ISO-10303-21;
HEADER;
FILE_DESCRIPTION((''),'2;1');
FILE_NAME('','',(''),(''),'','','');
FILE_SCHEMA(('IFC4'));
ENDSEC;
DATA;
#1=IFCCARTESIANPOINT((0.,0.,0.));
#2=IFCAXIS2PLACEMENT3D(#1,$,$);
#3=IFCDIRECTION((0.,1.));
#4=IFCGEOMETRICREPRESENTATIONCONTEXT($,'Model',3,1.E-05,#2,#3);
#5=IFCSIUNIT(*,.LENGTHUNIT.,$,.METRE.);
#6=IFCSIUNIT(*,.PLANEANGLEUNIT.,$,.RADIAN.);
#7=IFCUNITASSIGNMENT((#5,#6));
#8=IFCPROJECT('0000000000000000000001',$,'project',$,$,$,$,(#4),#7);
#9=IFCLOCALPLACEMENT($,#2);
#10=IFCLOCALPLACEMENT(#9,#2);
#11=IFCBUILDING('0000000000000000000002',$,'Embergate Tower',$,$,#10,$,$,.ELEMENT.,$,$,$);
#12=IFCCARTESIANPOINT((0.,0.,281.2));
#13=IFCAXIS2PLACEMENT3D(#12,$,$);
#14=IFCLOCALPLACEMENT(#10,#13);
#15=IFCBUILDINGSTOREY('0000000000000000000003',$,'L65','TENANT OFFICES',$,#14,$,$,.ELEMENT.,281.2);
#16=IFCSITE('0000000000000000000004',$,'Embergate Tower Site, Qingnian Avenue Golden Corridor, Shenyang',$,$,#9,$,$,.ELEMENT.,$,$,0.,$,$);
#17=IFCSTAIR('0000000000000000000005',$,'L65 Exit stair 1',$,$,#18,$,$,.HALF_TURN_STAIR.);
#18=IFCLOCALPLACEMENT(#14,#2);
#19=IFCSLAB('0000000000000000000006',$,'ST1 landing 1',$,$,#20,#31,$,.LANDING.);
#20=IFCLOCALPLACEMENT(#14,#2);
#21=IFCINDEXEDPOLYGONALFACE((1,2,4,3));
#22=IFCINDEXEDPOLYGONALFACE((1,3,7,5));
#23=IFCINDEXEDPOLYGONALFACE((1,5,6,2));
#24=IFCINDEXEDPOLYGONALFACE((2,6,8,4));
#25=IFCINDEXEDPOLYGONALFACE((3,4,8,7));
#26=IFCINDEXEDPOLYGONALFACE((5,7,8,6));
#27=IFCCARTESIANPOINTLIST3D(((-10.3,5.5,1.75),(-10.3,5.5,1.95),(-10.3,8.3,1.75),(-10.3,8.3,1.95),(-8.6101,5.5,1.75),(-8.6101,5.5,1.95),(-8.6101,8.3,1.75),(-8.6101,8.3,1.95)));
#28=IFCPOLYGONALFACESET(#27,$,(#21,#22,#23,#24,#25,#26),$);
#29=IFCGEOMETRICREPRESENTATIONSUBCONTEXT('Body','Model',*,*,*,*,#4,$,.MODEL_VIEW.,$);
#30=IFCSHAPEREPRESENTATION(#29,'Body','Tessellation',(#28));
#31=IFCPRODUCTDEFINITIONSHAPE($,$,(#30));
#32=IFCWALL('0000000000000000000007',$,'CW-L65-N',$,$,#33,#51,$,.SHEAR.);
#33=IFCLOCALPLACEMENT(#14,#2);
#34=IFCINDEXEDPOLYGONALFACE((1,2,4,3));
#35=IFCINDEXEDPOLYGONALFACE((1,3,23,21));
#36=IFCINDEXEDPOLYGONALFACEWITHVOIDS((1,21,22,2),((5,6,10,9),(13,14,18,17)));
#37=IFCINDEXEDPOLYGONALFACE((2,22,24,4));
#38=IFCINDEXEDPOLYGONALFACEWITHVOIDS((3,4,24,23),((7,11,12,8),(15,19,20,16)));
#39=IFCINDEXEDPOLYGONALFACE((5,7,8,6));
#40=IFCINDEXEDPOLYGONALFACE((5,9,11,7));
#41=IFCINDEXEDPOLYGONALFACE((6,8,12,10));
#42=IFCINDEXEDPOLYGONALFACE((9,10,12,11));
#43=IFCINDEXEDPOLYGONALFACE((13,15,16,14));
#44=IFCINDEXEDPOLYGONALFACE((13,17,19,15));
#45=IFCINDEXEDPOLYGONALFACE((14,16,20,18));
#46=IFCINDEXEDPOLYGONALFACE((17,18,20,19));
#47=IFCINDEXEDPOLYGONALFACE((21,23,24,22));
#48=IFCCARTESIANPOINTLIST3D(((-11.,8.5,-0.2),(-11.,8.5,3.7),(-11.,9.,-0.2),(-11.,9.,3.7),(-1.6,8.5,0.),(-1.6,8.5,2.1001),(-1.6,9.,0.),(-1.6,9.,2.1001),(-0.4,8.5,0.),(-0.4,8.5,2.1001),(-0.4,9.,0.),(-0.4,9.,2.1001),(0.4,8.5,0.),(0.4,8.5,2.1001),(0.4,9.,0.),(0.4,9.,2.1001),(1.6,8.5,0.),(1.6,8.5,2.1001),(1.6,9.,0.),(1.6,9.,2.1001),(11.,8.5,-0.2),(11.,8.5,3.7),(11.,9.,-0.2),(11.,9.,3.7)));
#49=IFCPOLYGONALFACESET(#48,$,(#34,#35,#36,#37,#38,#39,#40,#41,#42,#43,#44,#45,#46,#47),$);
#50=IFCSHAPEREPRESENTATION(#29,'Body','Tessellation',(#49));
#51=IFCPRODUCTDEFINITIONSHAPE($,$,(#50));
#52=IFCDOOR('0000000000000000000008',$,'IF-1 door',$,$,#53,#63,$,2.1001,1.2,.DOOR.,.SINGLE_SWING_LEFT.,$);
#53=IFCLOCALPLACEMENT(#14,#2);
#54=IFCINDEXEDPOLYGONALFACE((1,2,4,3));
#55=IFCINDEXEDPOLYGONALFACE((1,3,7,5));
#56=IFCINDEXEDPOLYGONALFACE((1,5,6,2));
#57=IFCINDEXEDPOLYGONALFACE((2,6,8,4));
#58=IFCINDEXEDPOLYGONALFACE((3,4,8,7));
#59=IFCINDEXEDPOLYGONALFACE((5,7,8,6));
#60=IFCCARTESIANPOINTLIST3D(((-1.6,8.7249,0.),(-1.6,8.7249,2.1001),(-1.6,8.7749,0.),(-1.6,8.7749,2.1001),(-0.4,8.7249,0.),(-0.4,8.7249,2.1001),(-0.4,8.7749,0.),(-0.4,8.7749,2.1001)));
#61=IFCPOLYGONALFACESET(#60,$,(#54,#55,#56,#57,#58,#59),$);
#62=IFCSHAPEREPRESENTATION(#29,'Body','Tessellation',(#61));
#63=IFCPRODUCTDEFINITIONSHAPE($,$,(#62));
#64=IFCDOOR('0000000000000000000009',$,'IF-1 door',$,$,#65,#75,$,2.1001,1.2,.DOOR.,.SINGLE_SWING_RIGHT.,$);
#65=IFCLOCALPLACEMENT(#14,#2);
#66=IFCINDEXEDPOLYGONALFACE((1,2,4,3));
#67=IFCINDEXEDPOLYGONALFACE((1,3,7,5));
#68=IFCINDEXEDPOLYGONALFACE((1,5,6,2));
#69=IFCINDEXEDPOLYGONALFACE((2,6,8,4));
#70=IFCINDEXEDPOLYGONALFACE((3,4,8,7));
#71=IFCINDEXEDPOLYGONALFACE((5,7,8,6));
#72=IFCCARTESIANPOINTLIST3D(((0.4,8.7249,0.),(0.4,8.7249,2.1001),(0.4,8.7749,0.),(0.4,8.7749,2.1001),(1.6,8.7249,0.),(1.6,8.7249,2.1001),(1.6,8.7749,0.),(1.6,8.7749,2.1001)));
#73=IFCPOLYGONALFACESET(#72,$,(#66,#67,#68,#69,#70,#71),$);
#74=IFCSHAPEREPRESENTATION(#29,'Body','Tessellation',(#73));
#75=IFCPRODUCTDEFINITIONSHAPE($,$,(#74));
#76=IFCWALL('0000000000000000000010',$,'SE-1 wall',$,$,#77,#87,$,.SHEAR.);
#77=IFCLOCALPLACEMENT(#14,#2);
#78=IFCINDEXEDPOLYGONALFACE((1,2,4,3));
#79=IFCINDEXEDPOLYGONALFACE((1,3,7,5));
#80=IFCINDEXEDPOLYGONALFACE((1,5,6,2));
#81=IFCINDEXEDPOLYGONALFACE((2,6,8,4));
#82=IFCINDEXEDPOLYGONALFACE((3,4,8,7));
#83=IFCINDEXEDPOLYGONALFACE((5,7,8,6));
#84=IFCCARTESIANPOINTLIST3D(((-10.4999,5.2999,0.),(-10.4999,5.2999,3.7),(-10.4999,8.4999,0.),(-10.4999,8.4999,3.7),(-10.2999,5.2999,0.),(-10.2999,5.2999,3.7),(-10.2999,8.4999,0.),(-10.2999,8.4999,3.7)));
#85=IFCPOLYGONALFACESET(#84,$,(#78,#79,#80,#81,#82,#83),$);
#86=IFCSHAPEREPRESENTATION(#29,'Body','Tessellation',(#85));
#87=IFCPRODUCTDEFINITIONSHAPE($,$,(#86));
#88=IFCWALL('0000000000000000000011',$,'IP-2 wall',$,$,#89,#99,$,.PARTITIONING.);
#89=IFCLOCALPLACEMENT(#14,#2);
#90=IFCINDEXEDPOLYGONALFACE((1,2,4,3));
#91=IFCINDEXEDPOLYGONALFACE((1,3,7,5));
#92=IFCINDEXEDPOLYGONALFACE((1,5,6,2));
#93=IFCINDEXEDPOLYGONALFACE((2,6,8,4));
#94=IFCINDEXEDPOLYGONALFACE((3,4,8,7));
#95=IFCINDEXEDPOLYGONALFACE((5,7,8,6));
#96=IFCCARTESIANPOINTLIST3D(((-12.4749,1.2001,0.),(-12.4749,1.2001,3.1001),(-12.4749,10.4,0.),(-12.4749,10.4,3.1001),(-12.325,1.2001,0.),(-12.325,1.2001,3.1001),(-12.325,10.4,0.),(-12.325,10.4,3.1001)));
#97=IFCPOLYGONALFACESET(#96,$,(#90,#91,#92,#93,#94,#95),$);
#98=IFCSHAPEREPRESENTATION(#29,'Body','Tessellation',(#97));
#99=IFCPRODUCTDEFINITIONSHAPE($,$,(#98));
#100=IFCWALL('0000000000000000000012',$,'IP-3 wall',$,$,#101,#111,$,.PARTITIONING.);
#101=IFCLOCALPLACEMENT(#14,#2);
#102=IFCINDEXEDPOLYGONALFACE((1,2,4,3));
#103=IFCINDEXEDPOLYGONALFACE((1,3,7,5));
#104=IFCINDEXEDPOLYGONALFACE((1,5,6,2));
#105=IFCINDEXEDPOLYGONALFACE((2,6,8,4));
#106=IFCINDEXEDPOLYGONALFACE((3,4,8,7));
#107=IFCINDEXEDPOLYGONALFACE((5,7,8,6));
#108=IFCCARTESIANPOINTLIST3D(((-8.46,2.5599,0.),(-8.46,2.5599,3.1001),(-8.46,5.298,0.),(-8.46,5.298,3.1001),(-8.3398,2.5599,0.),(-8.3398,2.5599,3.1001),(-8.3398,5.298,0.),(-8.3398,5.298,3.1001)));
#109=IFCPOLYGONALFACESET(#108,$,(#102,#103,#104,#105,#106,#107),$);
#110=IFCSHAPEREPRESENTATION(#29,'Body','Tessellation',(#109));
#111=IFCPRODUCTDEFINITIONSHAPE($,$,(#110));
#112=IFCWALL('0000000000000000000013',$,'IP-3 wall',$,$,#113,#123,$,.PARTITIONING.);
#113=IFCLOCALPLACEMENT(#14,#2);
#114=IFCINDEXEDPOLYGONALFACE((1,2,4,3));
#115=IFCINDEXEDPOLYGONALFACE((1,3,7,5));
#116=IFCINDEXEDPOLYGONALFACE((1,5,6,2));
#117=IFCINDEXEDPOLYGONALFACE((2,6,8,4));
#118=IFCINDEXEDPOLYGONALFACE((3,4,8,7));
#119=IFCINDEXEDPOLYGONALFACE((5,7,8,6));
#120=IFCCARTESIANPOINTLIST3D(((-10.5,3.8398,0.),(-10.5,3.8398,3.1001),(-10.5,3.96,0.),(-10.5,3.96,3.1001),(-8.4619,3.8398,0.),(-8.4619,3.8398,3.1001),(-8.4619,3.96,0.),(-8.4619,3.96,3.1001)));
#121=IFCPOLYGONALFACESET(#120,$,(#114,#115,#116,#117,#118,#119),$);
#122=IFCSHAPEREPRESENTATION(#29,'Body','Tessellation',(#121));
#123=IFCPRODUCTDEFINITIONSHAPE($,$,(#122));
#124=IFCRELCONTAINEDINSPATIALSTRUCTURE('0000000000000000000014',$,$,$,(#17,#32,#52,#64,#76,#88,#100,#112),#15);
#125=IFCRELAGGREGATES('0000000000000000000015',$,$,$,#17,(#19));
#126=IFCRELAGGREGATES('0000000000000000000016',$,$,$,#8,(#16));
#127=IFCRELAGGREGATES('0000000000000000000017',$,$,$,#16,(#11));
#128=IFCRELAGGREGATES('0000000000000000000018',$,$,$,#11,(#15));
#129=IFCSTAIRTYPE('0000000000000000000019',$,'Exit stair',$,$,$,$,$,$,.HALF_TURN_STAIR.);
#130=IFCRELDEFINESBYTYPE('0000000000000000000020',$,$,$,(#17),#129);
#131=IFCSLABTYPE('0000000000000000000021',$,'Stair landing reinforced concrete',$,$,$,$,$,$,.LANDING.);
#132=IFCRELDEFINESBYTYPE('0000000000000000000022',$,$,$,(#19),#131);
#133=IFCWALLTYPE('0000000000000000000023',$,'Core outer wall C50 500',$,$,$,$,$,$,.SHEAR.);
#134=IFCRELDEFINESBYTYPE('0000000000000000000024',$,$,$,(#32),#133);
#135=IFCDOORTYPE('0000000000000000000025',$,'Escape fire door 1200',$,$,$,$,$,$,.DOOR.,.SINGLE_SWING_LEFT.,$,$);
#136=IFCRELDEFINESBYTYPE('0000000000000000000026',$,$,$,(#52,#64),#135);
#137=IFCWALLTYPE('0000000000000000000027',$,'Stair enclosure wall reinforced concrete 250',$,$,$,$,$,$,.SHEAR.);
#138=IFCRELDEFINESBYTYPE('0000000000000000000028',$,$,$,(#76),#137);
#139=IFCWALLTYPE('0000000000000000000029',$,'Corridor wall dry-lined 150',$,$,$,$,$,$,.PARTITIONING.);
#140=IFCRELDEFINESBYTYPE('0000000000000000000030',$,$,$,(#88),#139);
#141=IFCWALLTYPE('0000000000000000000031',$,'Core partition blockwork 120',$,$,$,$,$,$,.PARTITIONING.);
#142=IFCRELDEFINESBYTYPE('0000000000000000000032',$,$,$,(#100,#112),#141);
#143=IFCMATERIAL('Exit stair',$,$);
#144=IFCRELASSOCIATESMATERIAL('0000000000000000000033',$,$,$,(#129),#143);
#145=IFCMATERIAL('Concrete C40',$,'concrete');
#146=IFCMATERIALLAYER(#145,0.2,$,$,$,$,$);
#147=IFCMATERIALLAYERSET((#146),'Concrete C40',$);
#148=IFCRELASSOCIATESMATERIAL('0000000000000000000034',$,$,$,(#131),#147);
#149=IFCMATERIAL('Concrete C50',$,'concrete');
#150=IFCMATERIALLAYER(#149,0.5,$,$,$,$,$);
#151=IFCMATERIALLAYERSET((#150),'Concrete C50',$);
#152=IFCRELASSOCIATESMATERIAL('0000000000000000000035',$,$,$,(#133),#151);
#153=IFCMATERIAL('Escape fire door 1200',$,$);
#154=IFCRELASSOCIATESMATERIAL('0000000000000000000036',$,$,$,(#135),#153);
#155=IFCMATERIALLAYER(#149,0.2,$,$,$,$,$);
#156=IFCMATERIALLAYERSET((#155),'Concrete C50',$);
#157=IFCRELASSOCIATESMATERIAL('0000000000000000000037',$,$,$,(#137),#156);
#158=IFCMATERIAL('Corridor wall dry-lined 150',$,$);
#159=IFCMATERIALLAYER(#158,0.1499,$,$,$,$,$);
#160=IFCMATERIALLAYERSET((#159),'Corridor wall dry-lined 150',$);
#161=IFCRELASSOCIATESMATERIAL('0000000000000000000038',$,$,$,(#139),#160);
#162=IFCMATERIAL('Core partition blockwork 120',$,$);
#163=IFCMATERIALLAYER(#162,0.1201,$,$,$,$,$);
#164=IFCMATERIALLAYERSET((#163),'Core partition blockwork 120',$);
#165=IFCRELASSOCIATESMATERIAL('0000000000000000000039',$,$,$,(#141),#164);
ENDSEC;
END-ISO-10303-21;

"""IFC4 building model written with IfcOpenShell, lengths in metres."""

from ifc_helpers import new_model, si_unit, direction, frame, frame_2d, origin, place, context, subcontext, project, spatial, polyline, rectangle, outline, extrude, source, transform, mapped, material, layer, layer_set, type_object, element, fill, aggregate, save


model = new_model("IFC4")

# Units and contexts
model_context = context("Model", 3, precision=1e-05, world=origin(), true_north=direction((0.0, 1.0)))
body_context = subcontext(model_context, "Body", "Model", "MODEL_VIEW")
ifc_project = project(units=[si_unit("LENGTHUNIT", "METRE"), si_unit("PLANEANGLEUNIT", "RADIAN")], contexts=[model_context])

# Site, building, storey
site_placement = place(None, origin())
site = spatial("IfcSite", under=ifc_project, at=site_placement, Name="Embergate Tower Site, Qingnian Avenue Golden Corridor, Shenyang", CompositionType="ELEMENT", RefElevation=0.0)
building_placement = place(site_placement, origin())
building = spatial("IfcBuilding", under=site, at=building_placement, Name="Embergate Tower", CompositionType="ELEMENT")
storey_placement = place(building_placement, frame((0.0, 0.0, 281.2)))
storey = spatial("IfcBuildingStorey", under=building, at=storey_placement, Name="L65", Description="TENANT OFFICES", CompositionType="ELEMENT", Elevation=281.2)

# Stair, slab
ifc_material_1 = material(Name="Exit stair")
stair_type = type_object("IfcStairType", Name="Exit stair", PredefinedType="HALF_TURN_STAIR", material=ifc_material_1)
stair_placement = place(storey_placement, origin())
stair = element("IfcStair", 1, at=stair_placement, inside=storey, type_object=stair_type, Name="L65 Exit stair 1", PredefinedType="HALF_TURN_STAIR")
ifc_material_2 = material(Name="Concrete C40", Category="concrete")
ifc_layer_1 = layer(ifc_material_2, 0.2)
ifc_layer_set_1 = layer_set([ifc_layer_1], Name="Concrete C40")
slab_type = type_object("IfcSlabType", Name="Stair landing reinforced concrete", PredefinedType="LANDING", material=ifc_layer_set_1)
shared_shape_1 = source(origin(), body_context, "Body", "SweptSolid", [
    extrude(outline(polyline([(0.0, 0.0), (1.6899, 0.0), (1.6899, 2.8), (0.0, 2.8), (0.0, 0.0)])), origin(), (0.0, 0.0, 1.0), 0.2),
])
slab_placement = place(storey_placement, frame((-10.3, 5.5, 1.75)))
slab = element("IfcSlab", 2, at=slab_placement, type_object=slab_type, Name="ST1 landing 1", PredefinedType="LANDING", context=body_context, shape_type="MappedRepresentation", body=[
    mapped(shared_shape_1, transform((0.0, 0.0, 0.0))),
])

# Wall, openings, doors
ifc_material_3 = material(Name="Concrete C50", Category="concrete")
ifc_layer_2 = layer(ifc_material_3, 0.5)
ifc_layer_set_2 = layer_set([ifc_layer_2], Name="Concrete C50")
wall_type_1 = type_object("IfcWallType", Name="Core outer wall C50 500", PredefinedType="SHEAR", material=ifc_layer_set_2)
shared_shape_2 = source(origin(), body_context, "Body", "SweptSolid", [
    extrude(rectangle(XDim=22.0, YDim=0.5, at=frame_2d((11.0, 0.0))), origin(), (0.0, 0.0, 1.0), 3.8999),
])
wall_1_placement = place(storey_placement, frame((-11.0, 8.75, -0.2), z_axis=(0.0, 0.0, 1.0), x_axis=(1.0, 0.0, 0.0)))
wall_1 = element("IfcWall", 3, at=wall_1_placement, inside=storey, type_object=wall_type_1, Name="CW-L65-N", PredefinedType="SHEAR", context=body_context, shape_type="MappedRepresentation", body=[
    mapped(shared_shape_2, transform((0.0, 0.0, 0.0))),
])
shared_shape_3 = source(origin(), body_context, "Body", "SweptSolid", [
    extrude(rectangle(XDim=1.2, YDim=2.1001, at=frame_2d((0.6001, 1.05))), frame((0.0, 0.26, 0.0), z_axis=(0.0, -1.0, 0.0), x_axis=(1.0, 0.0, 0.0)), (0.0, 0.0, 1.0), 0.52),
])
opening_1_placement = place(wall_1_placement, frame((9.3999, 0.0, 0.2)))
opening_1 = element("IfcOpeningElement", 4, at=opening_1_placement, cuts=wall_1, PredefinedType="OPENING", context=body_context, shape_type="MappedRepresentation", body=[
    mapped(shared_shape_3, transform((0.0, 0.0, 0.0))),
])
opening_2_placement = place(wall_1_placement, frame((11.3999, 0.0, 0.2)))
opening_2 = element("IfcOpeningElement", 5, at=opening_2_placement, cuts=wall_1, PredefinedType="OPENING", context=body_context, shape_type="MappedRepresentation", body=[
    mapped(shared_shape_3, transform((0.0, 0.0, 0.0))),
])
ifc_material_4 = material(Name="Escape fire door 1200")
door_type_1 = type_object("IfcDoorType", Name="Escape fire door 1200", OperationType="SINGLE_SWING_LEFT", PredefinedType="DOOR", material=ifc_material_4)
shared_shape_4 = source(origin(), body_context, "Body", "SweptSolid", [
    extrude(rectangle(XDim=1.2, YDim=2.1001, at=frame_2d((0.6001, 1.05))), frame((0.0, 0.0249, 0.0), z_axis=(0.0, -1.0, 0.0), x_axis=(1.0, 0.0, 0.0)), (0.0, 0.0, 1.0), 0.05),
])
door_1_placement = place(opening_1_placement, origin())
door_1 = element("IfcDoor", 6, at=door_1_placement, inside=storey, type_object=door_type_1, Name="IF-1 door", OperationType="SINGLE_SWING_LEFT", OverallHeight=2.1001, OverallWidth=1.2, PredefinedType="DOOR", context=body_context, shape_type="MappedRepresentation", body=[
    mapped(shared_shape_4, transform((0.0, 0.0, 0.0))),
])
fill(opening_1, door_1)
door_2_placement = place(opening_2_placement, origin())
door_2 = element("IfcDoor", 7, at=door_2_placement, inside=storey, type_object=door_type_1, Name="IF-1 door", OperationType="SINGLE_SWING_RIGHT", OverallHeight=2.1001, OverallWidth=1.2, PredefinedType="DOOR", context=body_context, shape_type="MappedRepresentation", body=[
    mapped(shared_shape_4, transform((0.0, 0.0, 0.0))),
])
fill(opening_2, door_2)

# Walls
ifc_layer_3 = layer(ifc_material_3, 0.2)
ifc_layer_set_3 = layer_set([ifc_layer_3], Name="Concrete C50")
wall_type_2 = type_object("IfcWallType", Name="Stair enclosure wall reinforced concrete 250", PredefinedType="SHEAR", material=ifc_layer_set_3)
shared_shape_5 = source(origin(), body_context, "Body", "SweptSolid", [
    extrude(rectangle(XDim=3.2, YDim=0.2, at=frame_2d((1.6001, 0.0))), origin(), (0.0, 0.0, 1.0), 3.7),
])
wall_2_placement = place(storey_placement, frame((-10.3999, 8.5, 0.0), z_axis=(0.0, 0.0, 1.0), x_axis=(0.0, -1.0, 0.0)))
element("IfcWall", 8, at=wall_2_placement, inside=storey, type_object=wall_type_2, Name="SE-1 wall", PredefinedType="SHEAR", context=body_context, shape_type="MappedRepresentation", body=[
    mapped(shared_shape_5, transform((0.0, 0.0, 0.0))),
])
ifc_material_5 = material(Name="Corridor wall dry-lined 150")
ifc_layer_4 = layer(ifc_material_5, 0.1499)
ifc_layer_set_4 = layer_set([ifc_layer_4], Name="Corridor wall dry-lined 150")
wall_type_3 = type_object("IfcWallType", Name="Corridor wall dry-lined 150", PredefinedType="PARTITIONING", material=ifc_layer_set_4)
shared_shape_6 = source(origin(), body_context, "Body", "SweptSolid", [
    extrude(rectangle(XDim=9.2, YDim=0.1499, at=frame_2d((4.6001, 0.0))), origin(), (0.0, 0.0, 1.0), 3.1001),
])
wall_3_placement = place(storey_placement, frame((-12.3999, 1.2, 0.0), z_axis=(0.0, 0.0, 1.0), x_axis=(0.0, 1.0, 0.0)))
element("IfcWall", 9, at=wall_3_placement, inside=storey, type_object=wall_type_3, Name="IP-2 wall", PredefinedType="PARTITIONING", context=body_context, shape_type="MappedRepresentation", body=[
    mapped(shared_shape_6, transform((0.0, 0.0, 0.0))),
])
ifc_material_6 = material(Name="Core partition blockwork 120")
ifc_layer_5 = layer(ifc_material_6, 0.1201)
ifc_layer_set_5 = layer_set([ifc_layer_5], Name="Core partition blockwork 120")
wall_type_4 = type_object("IfcWallType", Name="Core partition blockwork 120", PredefinedType="PARTITIONING", material=ifc_layer_set_5)
shared_shape_7 = source(origin(), body_context, "Body", "SweptSolid", [
    extrude(rectangle(XDim=2.738, YDim=0.1201, at=frame_2d((1.3691, 0.0))), origin(), (0.0, 0.0, 1.0), 3.1001),
])
wall_4_placement = place(storey_placement, frame((-8.3999, 5.2981, 0.0), z_axis=(0.0, 0.0, 1.0), x_axis=(0.0, -1.0, 0.0)))
element("IfcWall", 10, at=wall_4_placement, inside=storey, type_object=wall_type_4, Name="IP-3 wall", PredefinedType="PARTITIONING", context=body_context, shape_type="MappedRepresentation", body=[
    mapped(shared_shape_7, transform((0.0, 0.0, 0.0))),
])
shared_shape_8 = source(origin(), body_context, "Body", "SweptSolid", [
    extrude(rectangle(XDim=2.0381, YDim=0.1201, at=frame_2d((1.019, 0.0))), origin(), (0.0, 0.0, 1.0), 3.1001),
])
wall_5_placement = place(storey_placement, frame((-8.4619, 3.8999, 0.0), z_axis=(0.0, 0.0, 1.0), x_axis=(-1.0, 0.0, 0.0)))
element("IfcWall", 11, at=wall_5_placement, inside=storey, type_object=wall_type_4, Name="IP-3 wall", PredefinedType="PARTITIONING", context=body_context, shape_type="MappedRepresentation", body=[
    mapped(shared_shape_8, transform((0.0, 0.0, 0.0))),
])

aggregate(stair, [slab])

save(model, "model.ifc")
